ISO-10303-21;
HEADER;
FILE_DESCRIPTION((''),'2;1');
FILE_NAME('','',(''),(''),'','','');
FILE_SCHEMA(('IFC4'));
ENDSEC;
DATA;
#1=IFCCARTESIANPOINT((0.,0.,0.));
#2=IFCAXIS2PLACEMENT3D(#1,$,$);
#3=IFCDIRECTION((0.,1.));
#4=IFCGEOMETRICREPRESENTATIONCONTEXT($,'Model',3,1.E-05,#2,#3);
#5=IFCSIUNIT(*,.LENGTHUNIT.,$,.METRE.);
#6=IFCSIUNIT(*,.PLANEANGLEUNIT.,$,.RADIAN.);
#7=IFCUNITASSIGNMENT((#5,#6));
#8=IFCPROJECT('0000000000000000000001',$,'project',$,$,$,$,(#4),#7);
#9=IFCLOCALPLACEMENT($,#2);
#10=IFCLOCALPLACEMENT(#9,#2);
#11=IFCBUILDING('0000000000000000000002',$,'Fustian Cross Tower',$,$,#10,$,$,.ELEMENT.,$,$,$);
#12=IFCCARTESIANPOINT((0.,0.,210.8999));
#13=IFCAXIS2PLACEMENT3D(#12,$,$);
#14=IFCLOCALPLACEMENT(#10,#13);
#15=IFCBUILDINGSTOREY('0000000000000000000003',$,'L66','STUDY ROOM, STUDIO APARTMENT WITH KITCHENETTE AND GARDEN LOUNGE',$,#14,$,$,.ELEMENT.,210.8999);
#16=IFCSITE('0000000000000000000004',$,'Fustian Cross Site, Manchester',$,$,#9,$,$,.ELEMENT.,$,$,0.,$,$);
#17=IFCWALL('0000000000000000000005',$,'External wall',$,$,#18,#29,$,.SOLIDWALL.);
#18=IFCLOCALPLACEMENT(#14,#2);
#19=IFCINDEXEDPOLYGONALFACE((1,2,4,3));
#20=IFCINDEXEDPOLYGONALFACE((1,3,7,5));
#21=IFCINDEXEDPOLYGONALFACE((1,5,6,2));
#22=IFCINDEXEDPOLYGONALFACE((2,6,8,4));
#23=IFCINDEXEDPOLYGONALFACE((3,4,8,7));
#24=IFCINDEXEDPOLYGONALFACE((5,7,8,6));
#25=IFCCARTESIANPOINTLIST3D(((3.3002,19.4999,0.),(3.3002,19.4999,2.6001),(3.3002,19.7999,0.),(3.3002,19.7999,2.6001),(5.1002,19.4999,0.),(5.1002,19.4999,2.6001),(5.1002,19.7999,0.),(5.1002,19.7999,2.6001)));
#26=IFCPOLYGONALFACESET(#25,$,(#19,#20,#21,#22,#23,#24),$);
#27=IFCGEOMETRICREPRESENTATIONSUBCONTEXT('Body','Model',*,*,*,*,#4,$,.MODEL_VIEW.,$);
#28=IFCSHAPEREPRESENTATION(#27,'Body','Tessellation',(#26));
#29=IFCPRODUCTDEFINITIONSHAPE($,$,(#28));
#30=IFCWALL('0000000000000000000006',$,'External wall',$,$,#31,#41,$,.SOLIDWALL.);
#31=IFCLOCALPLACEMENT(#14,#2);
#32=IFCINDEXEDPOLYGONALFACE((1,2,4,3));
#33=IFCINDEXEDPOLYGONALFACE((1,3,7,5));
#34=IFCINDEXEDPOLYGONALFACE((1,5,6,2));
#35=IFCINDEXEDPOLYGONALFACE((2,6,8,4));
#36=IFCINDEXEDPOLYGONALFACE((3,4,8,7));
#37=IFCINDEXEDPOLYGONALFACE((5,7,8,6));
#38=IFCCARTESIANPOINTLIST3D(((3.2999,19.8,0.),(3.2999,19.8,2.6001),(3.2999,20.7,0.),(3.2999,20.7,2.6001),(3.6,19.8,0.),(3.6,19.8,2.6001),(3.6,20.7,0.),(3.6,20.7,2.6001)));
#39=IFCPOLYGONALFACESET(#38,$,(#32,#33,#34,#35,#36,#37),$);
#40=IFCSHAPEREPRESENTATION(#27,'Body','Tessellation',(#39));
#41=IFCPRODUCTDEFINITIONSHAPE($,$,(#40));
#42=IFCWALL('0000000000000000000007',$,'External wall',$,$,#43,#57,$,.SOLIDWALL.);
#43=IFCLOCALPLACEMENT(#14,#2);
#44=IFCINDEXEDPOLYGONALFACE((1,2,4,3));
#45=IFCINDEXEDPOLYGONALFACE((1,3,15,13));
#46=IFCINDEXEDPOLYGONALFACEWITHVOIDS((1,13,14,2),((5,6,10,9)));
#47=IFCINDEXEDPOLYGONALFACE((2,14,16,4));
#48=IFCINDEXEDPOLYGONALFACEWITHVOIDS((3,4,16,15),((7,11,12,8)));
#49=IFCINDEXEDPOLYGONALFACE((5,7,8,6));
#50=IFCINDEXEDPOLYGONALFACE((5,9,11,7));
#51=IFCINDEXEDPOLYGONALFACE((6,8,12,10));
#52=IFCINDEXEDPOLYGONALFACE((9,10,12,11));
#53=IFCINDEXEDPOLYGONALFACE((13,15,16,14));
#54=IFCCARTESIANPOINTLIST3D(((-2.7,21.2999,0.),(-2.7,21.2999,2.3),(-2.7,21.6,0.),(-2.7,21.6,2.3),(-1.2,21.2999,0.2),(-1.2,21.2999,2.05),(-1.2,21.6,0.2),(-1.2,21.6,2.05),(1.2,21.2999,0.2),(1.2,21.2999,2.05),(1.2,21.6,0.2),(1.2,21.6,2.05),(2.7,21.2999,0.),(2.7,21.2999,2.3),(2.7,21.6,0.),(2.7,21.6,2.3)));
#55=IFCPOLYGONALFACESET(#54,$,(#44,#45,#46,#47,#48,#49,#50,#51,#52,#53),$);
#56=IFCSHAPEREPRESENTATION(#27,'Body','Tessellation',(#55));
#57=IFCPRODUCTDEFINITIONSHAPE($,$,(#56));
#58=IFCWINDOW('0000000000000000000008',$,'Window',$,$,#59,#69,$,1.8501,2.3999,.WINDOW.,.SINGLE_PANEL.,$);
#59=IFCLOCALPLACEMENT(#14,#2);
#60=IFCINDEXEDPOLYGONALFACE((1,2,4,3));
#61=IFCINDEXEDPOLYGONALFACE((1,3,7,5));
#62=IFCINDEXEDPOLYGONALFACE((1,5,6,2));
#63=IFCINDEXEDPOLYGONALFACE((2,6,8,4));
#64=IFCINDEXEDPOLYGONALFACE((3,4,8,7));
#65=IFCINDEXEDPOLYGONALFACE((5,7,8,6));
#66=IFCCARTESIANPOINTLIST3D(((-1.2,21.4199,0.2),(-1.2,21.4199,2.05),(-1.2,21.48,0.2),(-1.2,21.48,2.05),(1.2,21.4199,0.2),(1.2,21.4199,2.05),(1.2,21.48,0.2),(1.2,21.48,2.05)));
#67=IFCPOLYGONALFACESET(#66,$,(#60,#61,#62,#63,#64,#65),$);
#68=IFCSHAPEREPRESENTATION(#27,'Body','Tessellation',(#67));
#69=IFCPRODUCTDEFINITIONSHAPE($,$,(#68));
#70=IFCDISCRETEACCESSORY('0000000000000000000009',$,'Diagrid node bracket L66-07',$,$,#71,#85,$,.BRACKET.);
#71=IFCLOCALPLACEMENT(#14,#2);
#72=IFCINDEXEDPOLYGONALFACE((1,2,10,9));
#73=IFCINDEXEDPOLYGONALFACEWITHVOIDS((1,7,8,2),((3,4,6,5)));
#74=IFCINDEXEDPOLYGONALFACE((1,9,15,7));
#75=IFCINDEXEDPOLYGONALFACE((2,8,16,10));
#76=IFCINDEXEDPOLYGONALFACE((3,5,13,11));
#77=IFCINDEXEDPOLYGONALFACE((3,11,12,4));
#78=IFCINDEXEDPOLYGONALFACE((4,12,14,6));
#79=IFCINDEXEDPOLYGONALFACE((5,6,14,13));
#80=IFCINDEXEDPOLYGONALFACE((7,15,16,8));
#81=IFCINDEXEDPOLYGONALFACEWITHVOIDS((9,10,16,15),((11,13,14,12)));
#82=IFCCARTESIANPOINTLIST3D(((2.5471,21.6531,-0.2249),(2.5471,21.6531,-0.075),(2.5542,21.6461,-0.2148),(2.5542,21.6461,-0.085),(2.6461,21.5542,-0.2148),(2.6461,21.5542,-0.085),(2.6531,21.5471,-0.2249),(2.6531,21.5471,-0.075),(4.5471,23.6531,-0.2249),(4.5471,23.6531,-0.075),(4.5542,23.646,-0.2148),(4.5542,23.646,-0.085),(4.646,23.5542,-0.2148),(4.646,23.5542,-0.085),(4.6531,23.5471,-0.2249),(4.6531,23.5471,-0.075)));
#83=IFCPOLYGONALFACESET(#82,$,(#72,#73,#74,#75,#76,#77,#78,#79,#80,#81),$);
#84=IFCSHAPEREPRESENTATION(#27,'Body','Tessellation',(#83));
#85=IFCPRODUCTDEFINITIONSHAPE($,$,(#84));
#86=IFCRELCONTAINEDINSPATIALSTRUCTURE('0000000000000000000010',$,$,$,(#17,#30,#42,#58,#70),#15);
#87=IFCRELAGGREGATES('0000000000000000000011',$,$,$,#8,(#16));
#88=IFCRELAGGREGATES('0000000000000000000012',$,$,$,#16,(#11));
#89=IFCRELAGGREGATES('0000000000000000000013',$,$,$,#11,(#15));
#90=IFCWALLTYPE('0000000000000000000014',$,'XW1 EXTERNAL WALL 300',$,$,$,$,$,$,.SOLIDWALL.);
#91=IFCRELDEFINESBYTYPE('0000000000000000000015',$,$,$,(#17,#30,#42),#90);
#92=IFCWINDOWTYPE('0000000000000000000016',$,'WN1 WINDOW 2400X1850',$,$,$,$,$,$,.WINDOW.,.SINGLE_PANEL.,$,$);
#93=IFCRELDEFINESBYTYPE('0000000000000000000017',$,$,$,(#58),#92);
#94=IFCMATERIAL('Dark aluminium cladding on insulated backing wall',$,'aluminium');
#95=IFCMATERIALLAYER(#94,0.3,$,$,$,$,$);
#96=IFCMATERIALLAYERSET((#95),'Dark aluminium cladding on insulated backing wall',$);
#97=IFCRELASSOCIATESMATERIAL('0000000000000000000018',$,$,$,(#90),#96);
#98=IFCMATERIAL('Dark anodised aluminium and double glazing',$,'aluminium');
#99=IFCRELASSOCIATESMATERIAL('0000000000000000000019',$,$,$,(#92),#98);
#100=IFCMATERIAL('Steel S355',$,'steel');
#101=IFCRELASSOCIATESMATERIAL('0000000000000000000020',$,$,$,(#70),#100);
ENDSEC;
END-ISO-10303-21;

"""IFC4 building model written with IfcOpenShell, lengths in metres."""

from ifc_helpers import new_model, si_unit, direction, frame, frame_2d, origin, origin_2d, place, context, subcontext, project, spatial, rectangle, hollow_rectangle, extrude, material, layer, layer_set, type_object, element, fill, save


model = new_model("IFC4")

# Units and contexts
model_context = context("Model", 3, precision=1e-05, world=origin(), true_north=direction((0.0, 1.0)))
body_context = subcontext(model_context, "Body", "Model", "MODEL_VIEW")
ifc_project = project(units=[si_unit("LENGTHUNIT", "METRE"), si_unit("PLANEANGLEUNIT", "RADIAN")], contexts=[model_context])

# Site, building, storey
site_placement = place(None, origin())
site = spatial("IfcSite", under=ifc_project, at=site_placement, Name="Fustian Cross Site, Manchester", CompositionType="ELEMENT", RefElevation=0.0)
building_placement = place(site_placement, origin())
building = spatial("IfcBuilding", under=site, at=building_placement, Name="Fustian Cross Tower", CompositionType="ELEMENT")
storey_placement = place(building_placement, frame((0.0, 0.0, 210.8999)))
storey = spatial("IfcBuildingStorey", under=building, at=storey_placement, Name="L66", Description="STUDY ROOM, STUDIO APARTMENT WITH KITCHENETTE AND GARDEN LOUNGE", CompositionType="ELEMENT", Elevation=210.8999)

# Shared definitions
ifc_material_1 = material(Name="Dark aluminium cladding on insulated backing wall", Category="aluminium")
ifc_layer_1 = layer(ifc_material_1, 0.3)
ifc_layer_set_1 = layer_set([ifc_layer_1], Name="Dark aluminium cladding on insulated backing wall")
wall_type_1 = type_object("IfcWallType", Name="XW1 EXTERNAL WALL 300", PredefinedType="SOLIDWALL", material=ifc_layer_set_1)

# Walls
wall_1_placement = place(storey_placement, frame((5.1001, 19.6499, 0.0), z_axis=(0.0, 0.0, 1.0), x_axis=(-1.0, 0.0, 0.0)))
element("IfcWall", 1, at=wall_1_placement, inside=storey, type_object=wall_type_1, Name="External wall", PredefinedType="SOLIDWALL", context=body_context, shape_type="SweptSolid", body=[
    extrude(rectangle(XDim=1.8, YDim=0.3, at=frame_2d((0.8999, 0.0))), origin(), (0.0, 0.0, 1.0), 2.6001),
])
wall_2_placement = place(storey_placement, frame((3.45, 19.8, 0.0), z_axis=(0.0, 0.0, 1.0), x_axis=(0.0, 1.0, 0.0)))
element("IfcWall", 2, at=wall_2_placement, inside=storey, type_object=wall_type_1, Name="External wall", PredefinedType="SOLIDWALL", context=body_context, shape_type="SweptSolid", body=[
    extrude(rectangle(XDim=0.8999, YDim=0.3, at=frame_2d((0.45, 0.0))), origin(), (0.0, 0.0, 1.0), 2.6001),
])

# Wall, opening, window
wall_3_placement = place(storey_placement, frame((2.7, 21.45, 0.0), z_axis=(0.0, 0.0, 1.0), x_axis=(-1.0, 0.0, 0.0)))
wall_3 = element("IfcWall", 3, at=wall_3_placement, inside=storey, type_object=wall_type_1, Name="External wall", PredefinedType="SOLIDWALL", context=body_context, shape_type="SweptSolid", body=[
    extrude(rectangle(XDim=5.3999, YDim=0.3, at=frame_2d((2.7, 0.0))), origin(), (0.0, 0.0, 1.0), 2.3),
])
opening_1_placement = place(wall_3_placement, frame((1.5, 0.0, 0.2)))
opening_1 = element("IfcOpeningElement", 4, at=opening_1_placement, cuts=wall_3, PredefinedType="OPENING", context=body_context, shape_type="SweptSolid", body=[
    extrude(rectangle(XDim=2.3999, YDim=1.8501, at=frame_2d((1.2, 0.925))), frame((0.0, 0.1599, 0.0), z_axis=(0.0, -1.0, 0.0), x_axis=(1.0, 0.0, 0.0)), (0.0, 0.0, 1.0), 0.3201),
])
ifc_material_2 = material(Name="Dark anodised aluminium and double glazing", Category="aluminium")
window_type_1 = type_object("IfcWindowType", Name="WN1 WINDOW 2400X1850", PartitioningType="SINGLE_PANEL", PredefinedType="WINDOW", material=ifc_material_2)
window_1_placement = place(opening_1_placement, origin())
window_1 = element("IfcWindow", 5, at=window_1_placement, inside=storey, type_object=window_type_1, Name="Window", OverallHeight=1.8501, OverallWidth=2.3999, PartitioningType="SINGLE_PANEL", PredefinedType="WINDOW", context=body_context, shape_type="SweptSolid", body=[
    extrude(rectangle(XDim=2.3999, YDim=1.8501, at=frame_2d((1.2, 0.925))), frame((0.0, 0.03, 0.0), z_axis=(0.0, -1.0, 0.0), x_axis=(1.0, 0.0, 0.0)), (0.0, 0.0, 1.0), 0.0601),
])
fill(opening_1, window_1)

# Discrete accessory
ifc_material_3 = material(Name="Steel S355", Category="steel")
discrete_accessory_placement = place(storey_placement, frame((4.6001, 23.6001, -0.1499), z_axis=(-0.707107, -0.707107, 0.0), x_axis=(0.707107, -0.707107, 0.0)))
element("IfcDiscreteAccessory", 6, at=discrete_accessory_placement, inside=storey, material=ifc_material_3, Name="Diagrid node bracket L66-07", PredefinedType="BRACKET", context=body_context, shape_type="SweptSolid", body=[
    extrude(hollow_rectangle(XDim=0.1499, YDim=0.1499, WallThickness=0.01, at=origin_2d()), origin(), (0.0, 0.0, 1.0), 2.8284),
])

save(model, "model.ifc")
